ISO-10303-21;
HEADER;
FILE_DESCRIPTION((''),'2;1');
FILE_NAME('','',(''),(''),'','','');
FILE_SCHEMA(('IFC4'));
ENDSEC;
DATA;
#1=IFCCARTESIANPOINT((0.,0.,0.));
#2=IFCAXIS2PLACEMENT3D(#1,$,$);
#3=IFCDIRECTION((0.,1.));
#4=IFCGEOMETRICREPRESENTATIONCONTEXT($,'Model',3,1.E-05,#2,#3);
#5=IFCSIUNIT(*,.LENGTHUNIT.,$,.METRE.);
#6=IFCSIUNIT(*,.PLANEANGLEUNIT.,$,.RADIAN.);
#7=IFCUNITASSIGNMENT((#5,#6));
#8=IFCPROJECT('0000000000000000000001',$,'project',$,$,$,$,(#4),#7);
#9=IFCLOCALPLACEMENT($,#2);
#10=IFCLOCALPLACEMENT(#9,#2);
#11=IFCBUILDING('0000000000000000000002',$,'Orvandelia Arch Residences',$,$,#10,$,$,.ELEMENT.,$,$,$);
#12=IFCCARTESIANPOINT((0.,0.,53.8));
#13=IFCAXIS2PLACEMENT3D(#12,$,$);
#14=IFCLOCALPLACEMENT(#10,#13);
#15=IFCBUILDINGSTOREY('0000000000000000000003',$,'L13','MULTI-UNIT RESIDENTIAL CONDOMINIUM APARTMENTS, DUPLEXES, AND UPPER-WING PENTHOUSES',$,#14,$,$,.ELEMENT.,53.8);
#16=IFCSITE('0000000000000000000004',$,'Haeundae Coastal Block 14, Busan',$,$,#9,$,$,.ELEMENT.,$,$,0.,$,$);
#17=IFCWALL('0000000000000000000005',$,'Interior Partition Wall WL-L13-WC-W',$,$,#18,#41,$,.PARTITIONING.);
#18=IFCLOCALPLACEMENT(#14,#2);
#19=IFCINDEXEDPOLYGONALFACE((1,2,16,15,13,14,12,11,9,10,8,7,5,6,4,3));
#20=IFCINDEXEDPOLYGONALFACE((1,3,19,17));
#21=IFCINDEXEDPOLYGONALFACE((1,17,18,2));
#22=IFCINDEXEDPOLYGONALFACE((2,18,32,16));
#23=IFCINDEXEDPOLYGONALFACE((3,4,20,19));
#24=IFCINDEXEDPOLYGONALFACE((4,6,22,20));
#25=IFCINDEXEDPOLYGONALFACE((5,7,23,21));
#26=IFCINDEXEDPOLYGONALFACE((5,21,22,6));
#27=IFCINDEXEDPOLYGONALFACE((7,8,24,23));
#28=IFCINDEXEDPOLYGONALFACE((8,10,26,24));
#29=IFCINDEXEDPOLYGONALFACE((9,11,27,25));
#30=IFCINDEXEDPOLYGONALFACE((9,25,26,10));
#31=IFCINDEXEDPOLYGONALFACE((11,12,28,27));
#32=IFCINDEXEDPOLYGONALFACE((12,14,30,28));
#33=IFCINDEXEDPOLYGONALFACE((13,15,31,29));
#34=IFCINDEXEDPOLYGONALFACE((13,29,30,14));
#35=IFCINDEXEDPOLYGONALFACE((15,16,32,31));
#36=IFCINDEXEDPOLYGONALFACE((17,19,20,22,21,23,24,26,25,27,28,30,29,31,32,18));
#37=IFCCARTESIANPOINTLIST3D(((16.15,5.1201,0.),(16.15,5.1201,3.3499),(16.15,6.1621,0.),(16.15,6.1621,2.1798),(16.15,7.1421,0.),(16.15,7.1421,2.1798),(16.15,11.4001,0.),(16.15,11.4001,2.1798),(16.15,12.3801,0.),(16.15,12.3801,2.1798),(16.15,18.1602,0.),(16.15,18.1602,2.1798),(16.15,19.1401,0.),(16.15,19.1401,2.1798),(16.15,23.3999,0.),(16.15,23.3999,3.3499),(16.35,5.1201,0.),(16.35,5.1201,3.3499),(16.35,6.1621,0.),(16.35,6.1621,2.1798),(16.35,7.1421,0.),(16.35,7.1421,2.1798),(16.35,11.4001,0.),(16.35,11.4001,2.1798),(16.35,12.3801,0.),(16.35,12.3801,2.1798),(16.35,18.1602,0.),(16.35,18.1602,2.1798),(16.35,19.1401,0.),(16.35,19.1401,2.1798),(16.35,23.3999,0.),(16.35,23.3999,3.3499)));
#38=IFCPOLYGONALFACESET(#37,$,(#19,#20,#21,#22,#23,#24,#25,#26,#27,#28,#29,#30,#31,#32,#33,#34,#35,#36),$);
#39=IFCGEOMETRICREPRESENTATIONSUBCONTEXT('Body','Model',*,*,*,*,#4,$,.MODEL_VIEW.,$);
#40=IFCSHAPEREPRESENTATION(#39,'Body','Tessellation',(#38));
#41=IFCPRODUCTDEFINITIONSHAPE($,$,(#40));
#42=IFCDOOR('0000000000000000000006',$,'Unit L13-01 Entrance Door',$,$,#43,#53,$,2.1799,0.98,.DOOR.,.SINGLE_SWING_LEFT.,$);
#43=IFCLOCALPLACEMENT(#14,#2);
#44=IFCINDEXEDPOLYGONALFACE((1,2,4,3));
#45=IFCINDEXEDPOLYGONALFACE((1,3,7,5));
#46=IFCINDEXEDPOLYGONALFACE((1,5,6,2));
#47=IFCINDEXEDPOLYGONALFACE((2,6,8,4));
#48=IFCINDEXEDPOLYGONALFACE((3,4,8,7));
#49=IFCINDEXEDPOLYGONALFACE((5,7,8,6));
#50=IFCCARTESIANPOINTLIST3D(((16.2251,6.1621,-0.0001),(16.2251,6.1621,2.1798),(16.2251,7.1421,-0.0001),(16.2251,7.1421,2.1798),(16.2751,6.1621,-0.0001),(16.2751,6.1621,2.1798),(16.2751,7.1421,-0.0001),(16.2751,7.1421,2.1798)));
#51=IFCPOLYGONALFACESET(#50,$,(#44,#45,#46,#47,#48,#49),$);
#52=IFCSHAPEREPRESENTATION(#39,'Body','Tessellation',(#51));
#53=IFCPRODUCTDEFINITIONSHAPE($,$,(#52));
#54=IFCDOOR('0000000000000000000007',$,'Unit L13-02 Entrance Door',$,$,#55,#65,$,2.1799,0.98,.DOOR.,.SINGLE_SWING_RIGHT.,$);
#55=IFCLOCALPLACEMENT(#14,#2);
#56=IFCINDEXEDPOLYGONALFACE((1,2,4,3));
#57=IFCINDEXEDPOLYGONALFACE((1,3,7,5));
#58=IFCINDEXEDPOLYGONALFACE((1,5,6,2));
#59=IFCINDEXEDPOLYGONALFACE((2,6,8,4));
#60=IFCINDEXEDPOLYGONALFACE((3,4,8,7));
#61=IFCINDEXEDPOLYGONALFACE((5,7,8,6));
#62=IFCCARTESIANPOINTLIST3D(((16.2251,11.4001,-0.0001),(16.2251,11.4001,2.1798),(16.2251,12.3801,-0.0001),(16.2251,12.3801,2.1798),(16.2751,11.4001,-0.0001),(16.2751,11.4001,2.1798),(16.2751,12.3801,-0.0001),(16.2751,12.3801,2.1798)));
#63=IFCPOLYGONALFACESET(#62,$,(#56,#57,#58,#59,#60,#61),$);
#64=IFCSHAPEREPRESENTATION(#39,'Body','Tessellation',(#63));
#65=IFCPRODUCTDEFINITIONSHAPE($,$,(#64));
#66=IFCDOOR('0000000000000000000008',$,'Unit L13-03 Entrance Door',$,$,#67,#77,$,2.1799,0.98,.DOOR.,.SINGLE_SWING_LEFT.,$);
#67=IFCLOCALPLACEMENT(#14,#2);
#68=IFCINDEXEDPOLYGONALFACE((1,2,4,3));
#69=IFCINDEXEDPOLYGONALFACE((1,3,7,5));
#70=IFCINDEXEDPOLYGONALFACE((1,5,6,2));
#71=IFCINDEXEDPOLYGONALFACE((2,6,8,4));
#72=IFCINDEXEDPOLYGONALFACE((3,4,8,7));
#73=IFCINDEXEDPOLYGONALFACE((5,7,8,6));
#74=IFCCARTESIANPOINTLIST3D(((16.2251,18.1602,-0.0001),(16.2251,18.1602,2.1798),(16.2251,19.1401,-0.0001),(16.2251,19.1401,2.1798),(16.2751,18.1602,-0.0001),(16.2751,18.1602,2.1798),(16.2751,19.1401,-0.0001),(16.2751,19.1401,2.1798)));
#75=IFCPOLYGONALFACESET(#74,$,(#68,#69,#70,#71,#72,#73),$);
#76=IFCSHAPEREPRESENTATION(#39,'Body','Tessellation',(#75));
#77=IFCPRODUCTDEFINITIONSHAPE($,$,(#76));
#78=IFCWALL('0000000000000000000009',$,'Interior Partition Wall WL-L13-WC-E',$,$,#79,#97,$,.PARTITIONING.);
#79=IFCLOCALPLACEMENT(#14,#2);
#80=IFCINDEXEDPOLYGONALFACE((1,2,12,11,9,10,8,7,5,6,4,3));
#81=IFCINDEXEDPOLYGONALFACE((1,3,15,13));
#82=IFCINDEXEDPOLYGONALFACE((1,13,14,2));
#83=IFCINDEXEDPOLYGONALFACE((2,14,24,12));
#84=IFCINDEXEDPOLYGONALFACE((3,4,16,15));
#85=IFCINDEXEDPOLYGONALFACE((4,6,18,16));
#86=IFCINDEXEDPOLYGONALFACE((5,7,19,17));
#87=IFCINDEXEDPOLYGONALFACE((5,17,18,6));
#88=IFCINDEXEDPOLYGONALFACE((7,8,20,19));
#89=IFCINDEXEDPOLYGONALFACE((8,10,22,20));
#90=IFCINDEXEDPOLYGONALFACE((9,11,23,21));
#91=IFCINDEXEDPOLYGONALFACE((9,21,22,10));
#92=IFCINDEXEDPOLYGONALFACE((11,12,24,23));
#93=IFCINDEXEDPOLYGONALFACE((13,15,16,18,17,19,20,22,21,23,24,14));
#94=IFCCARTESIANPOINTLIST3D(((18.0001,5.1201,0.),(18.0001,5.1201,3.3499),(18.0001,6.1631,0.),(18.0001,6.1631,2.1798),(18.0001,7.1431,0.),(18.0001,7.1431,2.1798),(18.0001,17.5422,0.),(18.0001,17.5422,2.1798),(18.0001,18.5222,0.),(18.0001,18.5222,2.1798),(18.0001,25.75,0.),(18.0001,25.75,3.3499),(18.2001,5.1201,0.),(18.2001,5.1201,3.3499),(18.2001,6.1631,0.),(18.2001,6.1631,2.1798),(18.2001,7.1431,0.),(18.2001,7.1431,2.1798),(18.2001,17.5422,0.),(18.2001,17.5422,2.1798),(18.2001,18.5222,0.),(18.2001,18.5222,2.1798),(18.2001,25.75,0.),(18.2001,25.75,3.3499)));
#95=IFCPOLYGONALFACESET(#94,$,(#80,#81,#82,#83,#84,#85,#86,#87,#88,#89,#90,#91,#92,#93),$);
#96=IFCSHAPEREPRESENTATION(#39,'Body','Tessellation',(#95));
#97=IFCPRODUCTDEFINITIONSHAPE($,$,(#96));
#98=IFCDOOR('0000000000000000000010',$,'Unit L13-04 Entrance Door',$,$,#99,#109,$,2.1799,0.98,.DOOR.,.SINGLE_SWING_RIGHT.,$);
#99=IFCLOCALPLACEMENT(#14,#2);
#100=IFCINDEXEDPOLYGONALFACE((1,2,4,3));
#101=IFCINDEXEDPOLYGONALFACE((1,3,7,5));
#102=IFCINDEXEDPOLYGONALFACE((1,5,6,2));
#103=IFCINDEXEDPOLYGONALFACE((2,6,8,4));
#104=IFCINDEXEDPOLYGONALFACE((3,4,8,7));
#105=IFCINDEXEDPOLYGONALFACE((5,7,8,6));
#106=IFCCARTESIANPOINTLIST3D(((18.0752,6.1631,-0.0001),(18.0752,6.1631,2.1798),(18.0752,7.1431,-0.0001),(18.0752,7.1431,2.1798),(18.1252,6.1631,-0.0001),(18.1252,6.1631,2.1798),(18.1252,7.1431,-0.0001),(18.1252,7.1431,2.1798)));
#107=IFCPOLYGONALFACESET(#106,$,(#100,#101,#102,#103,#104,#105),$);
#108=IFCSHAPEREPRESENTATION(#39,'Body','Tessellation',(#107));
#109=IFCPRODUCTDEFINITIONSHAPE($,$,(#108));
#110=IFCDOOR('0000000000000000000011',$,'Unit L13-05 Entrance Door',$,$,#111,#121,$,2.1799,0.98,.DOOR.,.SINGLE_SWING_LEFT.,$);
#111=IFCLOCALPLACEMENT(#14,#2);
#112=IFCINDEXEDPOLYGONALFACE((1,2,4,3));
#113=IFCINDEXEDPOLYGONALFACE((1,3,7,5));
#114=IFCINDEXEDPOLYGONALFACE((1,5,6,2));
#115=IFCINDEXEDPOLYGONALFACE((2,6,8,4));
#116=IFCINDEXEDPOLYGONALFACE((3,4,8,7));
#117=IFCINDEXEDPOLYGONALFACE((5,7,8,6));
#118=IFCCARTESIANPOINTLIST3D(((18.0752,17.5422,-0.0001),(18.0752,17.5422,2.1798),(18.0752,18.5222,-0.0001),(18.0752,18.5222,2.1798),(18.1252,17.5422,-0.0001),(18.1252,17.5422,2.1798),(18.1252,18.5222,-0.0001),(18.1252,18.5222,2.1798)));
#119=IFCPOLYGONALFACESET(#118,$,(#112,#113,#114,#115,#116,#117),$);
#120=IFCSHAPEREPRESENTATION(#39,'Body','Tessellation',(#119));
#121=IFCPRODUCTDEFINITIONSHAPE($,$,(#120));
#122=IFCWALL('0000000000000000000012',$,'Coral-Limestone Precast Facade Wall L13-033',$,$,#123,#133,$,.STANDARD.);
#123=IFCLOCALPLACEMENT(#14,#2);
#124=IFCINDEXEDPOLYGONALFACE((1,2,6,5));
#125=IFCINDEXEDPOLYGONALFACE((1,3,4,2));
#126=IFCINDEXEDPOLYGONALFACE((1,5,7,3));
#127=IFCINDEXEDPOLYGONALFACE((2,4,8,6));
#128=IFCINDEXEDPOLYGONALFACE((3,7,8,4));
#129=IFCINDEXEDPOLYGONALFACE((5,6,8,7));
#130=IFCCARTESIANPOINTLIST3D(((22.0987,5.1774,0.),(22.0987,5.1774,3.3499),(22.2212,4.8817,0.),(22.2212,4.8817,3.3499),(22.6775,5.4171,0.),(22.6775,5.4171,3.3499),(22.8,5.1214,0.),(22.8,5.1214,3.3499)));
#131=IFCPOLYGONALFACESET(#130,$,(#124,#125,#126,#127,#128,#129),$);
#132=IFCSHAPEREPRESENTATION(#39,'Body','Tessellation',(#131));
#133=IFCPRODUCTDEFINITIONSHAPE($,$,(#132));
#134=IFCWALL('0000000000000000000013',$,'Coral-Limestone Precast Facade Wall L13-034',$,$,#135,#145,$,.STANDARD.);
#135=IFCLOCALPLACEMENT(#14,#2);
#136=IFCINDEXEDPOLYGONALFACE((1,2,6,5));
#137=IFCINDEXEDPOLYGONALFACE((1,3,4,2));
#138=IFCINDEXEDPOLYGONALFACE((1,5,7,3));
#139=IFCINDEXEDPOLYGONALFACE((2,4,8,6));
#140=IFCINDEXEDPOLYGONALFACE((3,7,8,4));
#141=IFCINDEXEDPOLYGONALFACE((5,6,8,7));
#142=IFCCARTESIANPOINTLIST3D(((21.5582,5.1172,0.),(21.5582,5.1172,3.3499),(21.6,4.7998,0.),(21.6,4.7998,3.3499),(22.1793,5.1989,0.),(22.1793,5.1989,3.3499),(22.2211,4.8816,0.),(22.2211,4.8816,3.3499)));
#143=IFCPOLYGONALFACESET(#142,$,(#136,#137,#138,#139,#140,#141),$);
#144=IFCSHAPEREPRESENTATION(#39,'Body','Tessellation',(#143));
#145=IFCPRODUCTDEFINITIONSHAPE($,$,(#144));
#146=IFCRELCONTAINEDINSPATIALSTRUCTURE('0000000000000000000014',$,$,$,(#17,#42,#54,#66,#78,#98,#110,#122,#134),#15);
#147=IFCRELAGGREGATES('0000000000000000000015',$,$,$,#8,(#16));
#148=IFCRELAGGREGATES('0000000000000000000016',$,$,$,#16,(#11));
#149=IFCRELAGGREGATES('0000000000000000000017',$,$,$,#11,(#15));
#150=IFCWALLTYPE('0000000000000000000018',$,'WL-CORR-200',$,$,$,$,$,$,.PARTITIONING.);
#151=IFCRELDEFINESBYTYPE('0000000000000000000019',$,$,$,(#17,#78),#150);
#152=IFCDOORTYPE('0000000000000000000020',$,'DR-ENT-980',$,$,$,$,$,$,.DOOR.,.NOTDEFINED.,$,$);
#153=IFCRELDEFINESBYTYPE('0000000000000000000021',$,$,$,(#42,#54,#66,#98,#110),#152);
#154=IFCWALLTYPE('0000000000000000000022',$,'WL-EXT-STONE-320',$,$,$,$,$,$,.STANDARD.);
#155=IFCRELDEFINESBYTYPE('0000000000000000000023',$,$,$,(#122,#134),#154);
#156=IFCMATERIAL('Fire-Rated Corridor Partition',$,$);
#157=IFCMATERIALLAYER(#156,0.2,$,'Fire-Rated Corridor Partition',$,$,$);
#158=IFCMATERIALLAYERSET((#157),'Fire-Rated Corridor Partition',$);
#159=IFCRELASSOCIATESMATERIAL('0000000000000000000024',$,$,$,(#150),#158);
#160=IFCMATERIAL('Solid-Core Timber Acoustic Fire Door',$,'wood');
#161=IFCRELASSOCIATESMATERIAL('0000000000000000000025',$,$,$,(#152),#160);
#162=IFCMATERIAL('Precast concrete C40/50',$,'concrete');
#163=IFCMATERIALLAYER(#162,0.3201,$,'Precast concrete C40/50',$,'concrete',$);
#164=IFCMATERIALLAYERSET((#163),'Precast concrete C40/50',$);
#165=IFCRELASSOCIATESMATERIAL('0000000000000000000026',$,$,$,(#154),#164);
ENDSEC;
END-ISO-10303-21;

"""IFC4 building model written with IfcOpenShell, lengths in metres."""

from ifc_helpers import new_model, si_unit, direction, frame, frame_2d, origin, place, context, subcontext, project, spatial, rectangle, extrude, material, layer, layer_set, type_object, element, fill, save


model = new_model("IFC4")

# Units and contexts
model_context = context("Model", 3, precision=1e-05, world=origin(), true_north=direction((0.0, 1.0)))
body_context = subcontext(model_context, "Body", "Model", "MODEL_VIEW")
ifc_project = project(units=[si_unit("LENGTHUNIT", "METRE"), si_unit("PLANEANGLEUNIT", "RADIAN")], contexts=[model_context])

# Site, building, storey
site_placement = place(None, origin())
site = spatial("IfcSite", under=ifc_project, at=site_placement, Name="Haeundae Coastal Block 14, Busan", CompositionType="ELEMENT", RefElevation=0.0)
building_placement = place(site_placement, origin())
building = spatial("IfcBuilding", under=site, at=building_placement, Name="Orvandelia Arch Residences", CompositionType="ELEMENT")
storey_placement = place(building_placement, frame((0.0, 0.0, 53.8)))
storey = spatial("IfcBuildingStorey", under=building, at=storey_placement, Name="L13", Description="MULTI-UNIT RESIDENTIAL CONDOMINIUM APARTMENTS, DUPLEXES, AND UPPER-WING PENTHOUSES", CompositionType="ELEMENT", Elevation=53.8)

# Walls, openings, doors
ifc_material_1 = material(Name="Fire-Rated Corridor Partition")
ifc_layer_1 = layer(ifc_material_1, 0.2, Name="Fire-Rated Corridor Partition")
ifc_layer_set_1 = layer_set([ifc_layer_1], Name="Fire-Rated Corridor Partition")
wall_type_1 = type_object("IfcWallType", Name="WL-CORR-200", PredefinedType="PARTITIONING", material=ifc_layer_set_1)
wall_1_placement = place(storey_placement, frame((16.25, 5.1201, 0.0), z_axis=(0.0, 0.0, 1.0), x_axis=(0.0, 1.0, 0.0)))
wall_1 = element("IfcWall", 1, at=wall_1_placement, inside=storey, type_object=wall_type_1, Name="Interior Partition Wall WL-L13-WC-W", PredefinedType="PARTITIONING", context=body_context, shape_type="SweptSolid", body=[
    extrude(rectangle(XDim=18.2798, YDim=0.2, at=frame_2d((9.1399, 0.0))), origin(), (0.0, 0.0, 1.0), 3.3499),
])
opening_1_placement = place(wall_1_placement, frame((1.042, 0.0, 0.0)))
opening_1 = element("IfcOpeningElement", 2, at=opening_1_placement, cuts=wall_1, PredefinedType="OPENING", context=body_context, shape_type="SweptSolid", body=[
    extrude(rectangle(XDim=0.98, YDim=2.1799, at=frame_2d((0.49, 1.0898))), frame((0.0, 0.1099, 0.0), z_axis=(0.0, -1.0, 0.0), x_axis=(1.0, 0.0, 0.0)), (0.0, 0.0, 1.0), 0.22),
])
opening_2_placement = place(wall_1_placement, frame((6.28, 0.0, 0.0)))
opening_2 = element("IfcOpeningElement", 3, at=opening_2_placement, cuts=wall_1, PredefinedType="OPENING", context=body_context, shape_type="SweptSolid", body=[
    extrude(rectangle(XDim=0.98, YDim=2.1799, at=frame_2d((0.49, 1.0898))), frame((0.0, 0.1099, 0.0), z_axis=(0.0, -1.0, 0.0), x_axis=(1.0, 0.0, 0.0)), (0.0, 0.0, 1.0), 0.22),
])
opening_3_placement = place(wall_1_placement, frame((13.04, 0.0, 0.0)))
opening_3 = element("IfcOpeningElement", 4, at=opening_3_placement, cuts=wall_1, PredefinedType="OPENING", context=body_context, shape_type="SweptSolid", body=[
    extrude(rectangle(XDim=0.98, YDim=2.1799, at=frame_2d((0.49, 1.0898))), frame((0.0, 0.1099, 0.0), z_axis=(0.0, -1.0, 0.0), x_axis=(1.0, 0.0, 0.0)), (0.0, 0.0, 1.0), 0.22),
])
ifc_material_2 = material(Name="Solid-Core Timber Acoustic Fire Door", Category="wood")
door_type_1 = type_object("IfcDoorType", Name="DR-ENT-980", OperationType="NOTDEFINED", PredefinedType="DOOR", material=ifc_material_2)
door_1_placement = place(opening_1_placement, origin())
door_1 = element("IfcDoor", 5, at=door_1_placement, inside=storey, type_object=door_type_1, Name="Unit L13-01 Entrance Door", OperationType="SINGLE_SWING_LEFT", OverallHeight=2.1799, OverallWidth=0.98, PredefinedType="DOOR", context=body_context, shape_type="SweptSolid", body=[
    extrude(rectangle(XDim=0.98, YDim=2.1799, at=frame_2d((0.49, 1.0898))), frame((0.0, 0.0249, 0.0), z_axis=(0.0, -1.0, 0.0), x_axis=(1.0, 0.0, 0.0)), (0.0, 0.0, 1.0), 0.05),
])
fill(opening_1, door_1)
door_2_placement = place(opening_2_placement, origin())
door_2 = element("IfcDoor", 6, at=door_2_placement, inside=storey, type_object=door_type_1, Name="Unit L13-02 Entrance Door", OperationType="SINGLE_SWING_RIGHT", OverallHeight=2.1799, OverallWidth=0.98, PredefinedType="DOOR", context=body_context, shape_type="SweptSolid", body=[
    extrude(rectangle(XDim=0.98, YDim=2.1799, at=frame_2d((0.49, 1.0898))), frame((0.0, 0.0249, 0.0), z_axis=(0.0, -1.0, 0.0), x_axis=(1.0, 0.0, 0.0)), (0.0, 0.0, 1.0), 0.05),
])
fill(opening_2, door_2)
door_3_placement = place(opening_3_placement, origin())
door_3 = element("IfcDoor", 7, at=door_3_placement, inside=storey, type_object=door_type_1, Name="Unit L13-03 Entrance Door", OperationType="SINGLE_SWING_LEFT", OverallHeight=2.1799, OverallWidth=0.98, PredefinedType="DOOR", context=body_context, shape_type="SweptSolid", body=[
    extrude(rectangle(XDim=0.98, YDim=2.1799, at=frame_2d((0.49, 1.0898))), frame((0.0, 0.0249, 0.0), z_axis=(0.0, -1.0, 0.0), x_axis=(1.0, 0.0, 0.0)), (0.0, 0.0, 1.0), 0.05),
])
fill(opening_3, door_3)
wall_2_placement = place(storey_placement, frame((18.1001, 5.1201, 0.0), z_axis=(0.0, 0.0, 1.0), x_axis=(0.0, 1.0, 0.0)))
wall_2 = element("IfcWall", 8, at=wall_2_placement, inside=storey, type_object=wall_type_1, Name="Interior Partition Wall WL-L13-WC-E", PredefinedType="PARTITIONING", context=body_context, shape_type="SweptSolid", body=[
    extrude(rectangle(XDim=20.6299, YDim=0.2, at=frame_2d((10.3149, 0.0))), origin(), (0.0, 0.0, 1.0), 3.3499),
])
opening_4_placement = place(wall_2_placement, frame((1.043, 0.0, 0.0)))
opening_4 = element("IfcOpeningElement", 9, at=opening_4_placement, cuts=wall_2, PredefinedType="OPENING", context=body_context, shape_type="SweptSolid", body=[
    extrude(rectangle(XDim=0.98, YDim=2.1799, at=frame_2d((0.49, 1.0898))), frame((0.0, 0.1099, 0.0), z_axis=(0.0, -1.0, 0.0), x_axis=(1.0, 0.0, 0.0)), (0.0, 0.0, 1.0), 0.22),
])
opening_5_placement = place(wall_2_placement, frame((12.4221, 0.0, 0.0)))
opening_5 = element("IfcOpeningElement", 10, at=opening_5_placement, cuts=wall_2, PredefinedType="OPENING", context=body_context, shape_type="SweptSolid", body=[
    extrude(rectangle(XDim=0.98, YDim=2.1799, at=frame_2d((0.49, 1.0898))), frame((0.0, 0.1099, 0.0), z_axis=(0.0, -1.0, 0.0), x_axis=(1.0, 0.0, 0.0)), (0.0, 0.0, 1.0), 0.22),
])
door_4_placement = place(opening_4_placement, origin())
door_4 = element("IfcDoor", 11, at=door_4_placement, inside=storey, type_object=door_type_1, Name="Unit L13-04 Entrance Door", OperationType="SINGLE_SWING_RIGHT", OverallHeight=2.1799, OverallWidth=0.98, PredefinedType="DOOR", context=body_context, shape_type="SweptSolid", body=[
    extrude(rectangle(XDim=0.98, YDim=2.1799, at=frame_2d((0.49, 1.0898))), frame((0.0, 0.0249, 0.0), z_axis=(0.0, -1.0, 0.0), x_axis=(1.0, 0.0, 0.0)), (0.0, 0.0, 1.0), 0.05),
])
fill(opening_4, door_4)
door_5_placement = place(opening_5_placement, origin())
door_5 = element("IfcDoor", 12, at=door_5_placement, inside=storey, type_object=door_type_1, Name="Unit L13-05 Entrance Door", OperationType="SINGLE_SWING_LEFT", OverallHeight=2.1799, OverallWidth=0.98, PredefinedType="DOOR", context=body_context, shape_type="SweptSolid", body=[
    extrude(rectangle(XDim=0.98, YDim=2.1799, at=frame_2d((0.49, 1.0898))), frame((0.0, 0.0249, 0.0), z_axis=(0.0, -1.0, 0.0), x_axis=(1.0, 0.0, 0.0)), (0.0, 0.0, 1.0), 0.05),
])
fill(opening_5, door_5)

# Walls
ifc_material_3 = material(Name="Precast concrete C40/50", Category="concrete")
ifc_layer_2 = layer(ifc_material_3, 0.3201, Name="Precast concrete C40/50", Category="concrete")
ifc_layer_set_2 = layer_set([ifc_layer_2], Name="Precast concrete C40/50")
wall_type_2 = type_object("IfcWallType", Name="WL-EXT-STONE-320", PredefinedType="STANDARD", material=ifc_layer_set_2)
for number, where, z_axis, x_axis, name in (
    (13, (22.7388, 5.2693, 0.0), (0.0, 0.0, 1.0), (-0.923893, -0.38265, 0.0), "Coral-Limestone Precast Facade Wall L13-033"),
    (14, (22.2002, 5.0403, 0.0), (0.0, 0.0, 1.0), (-0.991441, -0.130555, 0.0), "Coral-Limestone Precast Facade Wall L13-034"),
):
    element("IfcWall", number, at=place(storey_placement, frame(where, z_axis=z_axis, x_axis=x_axis)), inside=storey, type_object=wall_type_2, Name=name, PredefinedType="STANDARD", context=body_context, shape_type="SweptSolid", body=[
        extrude(rectangle(XDim=0.6265, YDim=0.3201, at=frame_2d((0.3132, 0.0))), origin(), (0.0, 0.0, 1.0), 3.3499),
    ])

save(model, "model.ifc")
